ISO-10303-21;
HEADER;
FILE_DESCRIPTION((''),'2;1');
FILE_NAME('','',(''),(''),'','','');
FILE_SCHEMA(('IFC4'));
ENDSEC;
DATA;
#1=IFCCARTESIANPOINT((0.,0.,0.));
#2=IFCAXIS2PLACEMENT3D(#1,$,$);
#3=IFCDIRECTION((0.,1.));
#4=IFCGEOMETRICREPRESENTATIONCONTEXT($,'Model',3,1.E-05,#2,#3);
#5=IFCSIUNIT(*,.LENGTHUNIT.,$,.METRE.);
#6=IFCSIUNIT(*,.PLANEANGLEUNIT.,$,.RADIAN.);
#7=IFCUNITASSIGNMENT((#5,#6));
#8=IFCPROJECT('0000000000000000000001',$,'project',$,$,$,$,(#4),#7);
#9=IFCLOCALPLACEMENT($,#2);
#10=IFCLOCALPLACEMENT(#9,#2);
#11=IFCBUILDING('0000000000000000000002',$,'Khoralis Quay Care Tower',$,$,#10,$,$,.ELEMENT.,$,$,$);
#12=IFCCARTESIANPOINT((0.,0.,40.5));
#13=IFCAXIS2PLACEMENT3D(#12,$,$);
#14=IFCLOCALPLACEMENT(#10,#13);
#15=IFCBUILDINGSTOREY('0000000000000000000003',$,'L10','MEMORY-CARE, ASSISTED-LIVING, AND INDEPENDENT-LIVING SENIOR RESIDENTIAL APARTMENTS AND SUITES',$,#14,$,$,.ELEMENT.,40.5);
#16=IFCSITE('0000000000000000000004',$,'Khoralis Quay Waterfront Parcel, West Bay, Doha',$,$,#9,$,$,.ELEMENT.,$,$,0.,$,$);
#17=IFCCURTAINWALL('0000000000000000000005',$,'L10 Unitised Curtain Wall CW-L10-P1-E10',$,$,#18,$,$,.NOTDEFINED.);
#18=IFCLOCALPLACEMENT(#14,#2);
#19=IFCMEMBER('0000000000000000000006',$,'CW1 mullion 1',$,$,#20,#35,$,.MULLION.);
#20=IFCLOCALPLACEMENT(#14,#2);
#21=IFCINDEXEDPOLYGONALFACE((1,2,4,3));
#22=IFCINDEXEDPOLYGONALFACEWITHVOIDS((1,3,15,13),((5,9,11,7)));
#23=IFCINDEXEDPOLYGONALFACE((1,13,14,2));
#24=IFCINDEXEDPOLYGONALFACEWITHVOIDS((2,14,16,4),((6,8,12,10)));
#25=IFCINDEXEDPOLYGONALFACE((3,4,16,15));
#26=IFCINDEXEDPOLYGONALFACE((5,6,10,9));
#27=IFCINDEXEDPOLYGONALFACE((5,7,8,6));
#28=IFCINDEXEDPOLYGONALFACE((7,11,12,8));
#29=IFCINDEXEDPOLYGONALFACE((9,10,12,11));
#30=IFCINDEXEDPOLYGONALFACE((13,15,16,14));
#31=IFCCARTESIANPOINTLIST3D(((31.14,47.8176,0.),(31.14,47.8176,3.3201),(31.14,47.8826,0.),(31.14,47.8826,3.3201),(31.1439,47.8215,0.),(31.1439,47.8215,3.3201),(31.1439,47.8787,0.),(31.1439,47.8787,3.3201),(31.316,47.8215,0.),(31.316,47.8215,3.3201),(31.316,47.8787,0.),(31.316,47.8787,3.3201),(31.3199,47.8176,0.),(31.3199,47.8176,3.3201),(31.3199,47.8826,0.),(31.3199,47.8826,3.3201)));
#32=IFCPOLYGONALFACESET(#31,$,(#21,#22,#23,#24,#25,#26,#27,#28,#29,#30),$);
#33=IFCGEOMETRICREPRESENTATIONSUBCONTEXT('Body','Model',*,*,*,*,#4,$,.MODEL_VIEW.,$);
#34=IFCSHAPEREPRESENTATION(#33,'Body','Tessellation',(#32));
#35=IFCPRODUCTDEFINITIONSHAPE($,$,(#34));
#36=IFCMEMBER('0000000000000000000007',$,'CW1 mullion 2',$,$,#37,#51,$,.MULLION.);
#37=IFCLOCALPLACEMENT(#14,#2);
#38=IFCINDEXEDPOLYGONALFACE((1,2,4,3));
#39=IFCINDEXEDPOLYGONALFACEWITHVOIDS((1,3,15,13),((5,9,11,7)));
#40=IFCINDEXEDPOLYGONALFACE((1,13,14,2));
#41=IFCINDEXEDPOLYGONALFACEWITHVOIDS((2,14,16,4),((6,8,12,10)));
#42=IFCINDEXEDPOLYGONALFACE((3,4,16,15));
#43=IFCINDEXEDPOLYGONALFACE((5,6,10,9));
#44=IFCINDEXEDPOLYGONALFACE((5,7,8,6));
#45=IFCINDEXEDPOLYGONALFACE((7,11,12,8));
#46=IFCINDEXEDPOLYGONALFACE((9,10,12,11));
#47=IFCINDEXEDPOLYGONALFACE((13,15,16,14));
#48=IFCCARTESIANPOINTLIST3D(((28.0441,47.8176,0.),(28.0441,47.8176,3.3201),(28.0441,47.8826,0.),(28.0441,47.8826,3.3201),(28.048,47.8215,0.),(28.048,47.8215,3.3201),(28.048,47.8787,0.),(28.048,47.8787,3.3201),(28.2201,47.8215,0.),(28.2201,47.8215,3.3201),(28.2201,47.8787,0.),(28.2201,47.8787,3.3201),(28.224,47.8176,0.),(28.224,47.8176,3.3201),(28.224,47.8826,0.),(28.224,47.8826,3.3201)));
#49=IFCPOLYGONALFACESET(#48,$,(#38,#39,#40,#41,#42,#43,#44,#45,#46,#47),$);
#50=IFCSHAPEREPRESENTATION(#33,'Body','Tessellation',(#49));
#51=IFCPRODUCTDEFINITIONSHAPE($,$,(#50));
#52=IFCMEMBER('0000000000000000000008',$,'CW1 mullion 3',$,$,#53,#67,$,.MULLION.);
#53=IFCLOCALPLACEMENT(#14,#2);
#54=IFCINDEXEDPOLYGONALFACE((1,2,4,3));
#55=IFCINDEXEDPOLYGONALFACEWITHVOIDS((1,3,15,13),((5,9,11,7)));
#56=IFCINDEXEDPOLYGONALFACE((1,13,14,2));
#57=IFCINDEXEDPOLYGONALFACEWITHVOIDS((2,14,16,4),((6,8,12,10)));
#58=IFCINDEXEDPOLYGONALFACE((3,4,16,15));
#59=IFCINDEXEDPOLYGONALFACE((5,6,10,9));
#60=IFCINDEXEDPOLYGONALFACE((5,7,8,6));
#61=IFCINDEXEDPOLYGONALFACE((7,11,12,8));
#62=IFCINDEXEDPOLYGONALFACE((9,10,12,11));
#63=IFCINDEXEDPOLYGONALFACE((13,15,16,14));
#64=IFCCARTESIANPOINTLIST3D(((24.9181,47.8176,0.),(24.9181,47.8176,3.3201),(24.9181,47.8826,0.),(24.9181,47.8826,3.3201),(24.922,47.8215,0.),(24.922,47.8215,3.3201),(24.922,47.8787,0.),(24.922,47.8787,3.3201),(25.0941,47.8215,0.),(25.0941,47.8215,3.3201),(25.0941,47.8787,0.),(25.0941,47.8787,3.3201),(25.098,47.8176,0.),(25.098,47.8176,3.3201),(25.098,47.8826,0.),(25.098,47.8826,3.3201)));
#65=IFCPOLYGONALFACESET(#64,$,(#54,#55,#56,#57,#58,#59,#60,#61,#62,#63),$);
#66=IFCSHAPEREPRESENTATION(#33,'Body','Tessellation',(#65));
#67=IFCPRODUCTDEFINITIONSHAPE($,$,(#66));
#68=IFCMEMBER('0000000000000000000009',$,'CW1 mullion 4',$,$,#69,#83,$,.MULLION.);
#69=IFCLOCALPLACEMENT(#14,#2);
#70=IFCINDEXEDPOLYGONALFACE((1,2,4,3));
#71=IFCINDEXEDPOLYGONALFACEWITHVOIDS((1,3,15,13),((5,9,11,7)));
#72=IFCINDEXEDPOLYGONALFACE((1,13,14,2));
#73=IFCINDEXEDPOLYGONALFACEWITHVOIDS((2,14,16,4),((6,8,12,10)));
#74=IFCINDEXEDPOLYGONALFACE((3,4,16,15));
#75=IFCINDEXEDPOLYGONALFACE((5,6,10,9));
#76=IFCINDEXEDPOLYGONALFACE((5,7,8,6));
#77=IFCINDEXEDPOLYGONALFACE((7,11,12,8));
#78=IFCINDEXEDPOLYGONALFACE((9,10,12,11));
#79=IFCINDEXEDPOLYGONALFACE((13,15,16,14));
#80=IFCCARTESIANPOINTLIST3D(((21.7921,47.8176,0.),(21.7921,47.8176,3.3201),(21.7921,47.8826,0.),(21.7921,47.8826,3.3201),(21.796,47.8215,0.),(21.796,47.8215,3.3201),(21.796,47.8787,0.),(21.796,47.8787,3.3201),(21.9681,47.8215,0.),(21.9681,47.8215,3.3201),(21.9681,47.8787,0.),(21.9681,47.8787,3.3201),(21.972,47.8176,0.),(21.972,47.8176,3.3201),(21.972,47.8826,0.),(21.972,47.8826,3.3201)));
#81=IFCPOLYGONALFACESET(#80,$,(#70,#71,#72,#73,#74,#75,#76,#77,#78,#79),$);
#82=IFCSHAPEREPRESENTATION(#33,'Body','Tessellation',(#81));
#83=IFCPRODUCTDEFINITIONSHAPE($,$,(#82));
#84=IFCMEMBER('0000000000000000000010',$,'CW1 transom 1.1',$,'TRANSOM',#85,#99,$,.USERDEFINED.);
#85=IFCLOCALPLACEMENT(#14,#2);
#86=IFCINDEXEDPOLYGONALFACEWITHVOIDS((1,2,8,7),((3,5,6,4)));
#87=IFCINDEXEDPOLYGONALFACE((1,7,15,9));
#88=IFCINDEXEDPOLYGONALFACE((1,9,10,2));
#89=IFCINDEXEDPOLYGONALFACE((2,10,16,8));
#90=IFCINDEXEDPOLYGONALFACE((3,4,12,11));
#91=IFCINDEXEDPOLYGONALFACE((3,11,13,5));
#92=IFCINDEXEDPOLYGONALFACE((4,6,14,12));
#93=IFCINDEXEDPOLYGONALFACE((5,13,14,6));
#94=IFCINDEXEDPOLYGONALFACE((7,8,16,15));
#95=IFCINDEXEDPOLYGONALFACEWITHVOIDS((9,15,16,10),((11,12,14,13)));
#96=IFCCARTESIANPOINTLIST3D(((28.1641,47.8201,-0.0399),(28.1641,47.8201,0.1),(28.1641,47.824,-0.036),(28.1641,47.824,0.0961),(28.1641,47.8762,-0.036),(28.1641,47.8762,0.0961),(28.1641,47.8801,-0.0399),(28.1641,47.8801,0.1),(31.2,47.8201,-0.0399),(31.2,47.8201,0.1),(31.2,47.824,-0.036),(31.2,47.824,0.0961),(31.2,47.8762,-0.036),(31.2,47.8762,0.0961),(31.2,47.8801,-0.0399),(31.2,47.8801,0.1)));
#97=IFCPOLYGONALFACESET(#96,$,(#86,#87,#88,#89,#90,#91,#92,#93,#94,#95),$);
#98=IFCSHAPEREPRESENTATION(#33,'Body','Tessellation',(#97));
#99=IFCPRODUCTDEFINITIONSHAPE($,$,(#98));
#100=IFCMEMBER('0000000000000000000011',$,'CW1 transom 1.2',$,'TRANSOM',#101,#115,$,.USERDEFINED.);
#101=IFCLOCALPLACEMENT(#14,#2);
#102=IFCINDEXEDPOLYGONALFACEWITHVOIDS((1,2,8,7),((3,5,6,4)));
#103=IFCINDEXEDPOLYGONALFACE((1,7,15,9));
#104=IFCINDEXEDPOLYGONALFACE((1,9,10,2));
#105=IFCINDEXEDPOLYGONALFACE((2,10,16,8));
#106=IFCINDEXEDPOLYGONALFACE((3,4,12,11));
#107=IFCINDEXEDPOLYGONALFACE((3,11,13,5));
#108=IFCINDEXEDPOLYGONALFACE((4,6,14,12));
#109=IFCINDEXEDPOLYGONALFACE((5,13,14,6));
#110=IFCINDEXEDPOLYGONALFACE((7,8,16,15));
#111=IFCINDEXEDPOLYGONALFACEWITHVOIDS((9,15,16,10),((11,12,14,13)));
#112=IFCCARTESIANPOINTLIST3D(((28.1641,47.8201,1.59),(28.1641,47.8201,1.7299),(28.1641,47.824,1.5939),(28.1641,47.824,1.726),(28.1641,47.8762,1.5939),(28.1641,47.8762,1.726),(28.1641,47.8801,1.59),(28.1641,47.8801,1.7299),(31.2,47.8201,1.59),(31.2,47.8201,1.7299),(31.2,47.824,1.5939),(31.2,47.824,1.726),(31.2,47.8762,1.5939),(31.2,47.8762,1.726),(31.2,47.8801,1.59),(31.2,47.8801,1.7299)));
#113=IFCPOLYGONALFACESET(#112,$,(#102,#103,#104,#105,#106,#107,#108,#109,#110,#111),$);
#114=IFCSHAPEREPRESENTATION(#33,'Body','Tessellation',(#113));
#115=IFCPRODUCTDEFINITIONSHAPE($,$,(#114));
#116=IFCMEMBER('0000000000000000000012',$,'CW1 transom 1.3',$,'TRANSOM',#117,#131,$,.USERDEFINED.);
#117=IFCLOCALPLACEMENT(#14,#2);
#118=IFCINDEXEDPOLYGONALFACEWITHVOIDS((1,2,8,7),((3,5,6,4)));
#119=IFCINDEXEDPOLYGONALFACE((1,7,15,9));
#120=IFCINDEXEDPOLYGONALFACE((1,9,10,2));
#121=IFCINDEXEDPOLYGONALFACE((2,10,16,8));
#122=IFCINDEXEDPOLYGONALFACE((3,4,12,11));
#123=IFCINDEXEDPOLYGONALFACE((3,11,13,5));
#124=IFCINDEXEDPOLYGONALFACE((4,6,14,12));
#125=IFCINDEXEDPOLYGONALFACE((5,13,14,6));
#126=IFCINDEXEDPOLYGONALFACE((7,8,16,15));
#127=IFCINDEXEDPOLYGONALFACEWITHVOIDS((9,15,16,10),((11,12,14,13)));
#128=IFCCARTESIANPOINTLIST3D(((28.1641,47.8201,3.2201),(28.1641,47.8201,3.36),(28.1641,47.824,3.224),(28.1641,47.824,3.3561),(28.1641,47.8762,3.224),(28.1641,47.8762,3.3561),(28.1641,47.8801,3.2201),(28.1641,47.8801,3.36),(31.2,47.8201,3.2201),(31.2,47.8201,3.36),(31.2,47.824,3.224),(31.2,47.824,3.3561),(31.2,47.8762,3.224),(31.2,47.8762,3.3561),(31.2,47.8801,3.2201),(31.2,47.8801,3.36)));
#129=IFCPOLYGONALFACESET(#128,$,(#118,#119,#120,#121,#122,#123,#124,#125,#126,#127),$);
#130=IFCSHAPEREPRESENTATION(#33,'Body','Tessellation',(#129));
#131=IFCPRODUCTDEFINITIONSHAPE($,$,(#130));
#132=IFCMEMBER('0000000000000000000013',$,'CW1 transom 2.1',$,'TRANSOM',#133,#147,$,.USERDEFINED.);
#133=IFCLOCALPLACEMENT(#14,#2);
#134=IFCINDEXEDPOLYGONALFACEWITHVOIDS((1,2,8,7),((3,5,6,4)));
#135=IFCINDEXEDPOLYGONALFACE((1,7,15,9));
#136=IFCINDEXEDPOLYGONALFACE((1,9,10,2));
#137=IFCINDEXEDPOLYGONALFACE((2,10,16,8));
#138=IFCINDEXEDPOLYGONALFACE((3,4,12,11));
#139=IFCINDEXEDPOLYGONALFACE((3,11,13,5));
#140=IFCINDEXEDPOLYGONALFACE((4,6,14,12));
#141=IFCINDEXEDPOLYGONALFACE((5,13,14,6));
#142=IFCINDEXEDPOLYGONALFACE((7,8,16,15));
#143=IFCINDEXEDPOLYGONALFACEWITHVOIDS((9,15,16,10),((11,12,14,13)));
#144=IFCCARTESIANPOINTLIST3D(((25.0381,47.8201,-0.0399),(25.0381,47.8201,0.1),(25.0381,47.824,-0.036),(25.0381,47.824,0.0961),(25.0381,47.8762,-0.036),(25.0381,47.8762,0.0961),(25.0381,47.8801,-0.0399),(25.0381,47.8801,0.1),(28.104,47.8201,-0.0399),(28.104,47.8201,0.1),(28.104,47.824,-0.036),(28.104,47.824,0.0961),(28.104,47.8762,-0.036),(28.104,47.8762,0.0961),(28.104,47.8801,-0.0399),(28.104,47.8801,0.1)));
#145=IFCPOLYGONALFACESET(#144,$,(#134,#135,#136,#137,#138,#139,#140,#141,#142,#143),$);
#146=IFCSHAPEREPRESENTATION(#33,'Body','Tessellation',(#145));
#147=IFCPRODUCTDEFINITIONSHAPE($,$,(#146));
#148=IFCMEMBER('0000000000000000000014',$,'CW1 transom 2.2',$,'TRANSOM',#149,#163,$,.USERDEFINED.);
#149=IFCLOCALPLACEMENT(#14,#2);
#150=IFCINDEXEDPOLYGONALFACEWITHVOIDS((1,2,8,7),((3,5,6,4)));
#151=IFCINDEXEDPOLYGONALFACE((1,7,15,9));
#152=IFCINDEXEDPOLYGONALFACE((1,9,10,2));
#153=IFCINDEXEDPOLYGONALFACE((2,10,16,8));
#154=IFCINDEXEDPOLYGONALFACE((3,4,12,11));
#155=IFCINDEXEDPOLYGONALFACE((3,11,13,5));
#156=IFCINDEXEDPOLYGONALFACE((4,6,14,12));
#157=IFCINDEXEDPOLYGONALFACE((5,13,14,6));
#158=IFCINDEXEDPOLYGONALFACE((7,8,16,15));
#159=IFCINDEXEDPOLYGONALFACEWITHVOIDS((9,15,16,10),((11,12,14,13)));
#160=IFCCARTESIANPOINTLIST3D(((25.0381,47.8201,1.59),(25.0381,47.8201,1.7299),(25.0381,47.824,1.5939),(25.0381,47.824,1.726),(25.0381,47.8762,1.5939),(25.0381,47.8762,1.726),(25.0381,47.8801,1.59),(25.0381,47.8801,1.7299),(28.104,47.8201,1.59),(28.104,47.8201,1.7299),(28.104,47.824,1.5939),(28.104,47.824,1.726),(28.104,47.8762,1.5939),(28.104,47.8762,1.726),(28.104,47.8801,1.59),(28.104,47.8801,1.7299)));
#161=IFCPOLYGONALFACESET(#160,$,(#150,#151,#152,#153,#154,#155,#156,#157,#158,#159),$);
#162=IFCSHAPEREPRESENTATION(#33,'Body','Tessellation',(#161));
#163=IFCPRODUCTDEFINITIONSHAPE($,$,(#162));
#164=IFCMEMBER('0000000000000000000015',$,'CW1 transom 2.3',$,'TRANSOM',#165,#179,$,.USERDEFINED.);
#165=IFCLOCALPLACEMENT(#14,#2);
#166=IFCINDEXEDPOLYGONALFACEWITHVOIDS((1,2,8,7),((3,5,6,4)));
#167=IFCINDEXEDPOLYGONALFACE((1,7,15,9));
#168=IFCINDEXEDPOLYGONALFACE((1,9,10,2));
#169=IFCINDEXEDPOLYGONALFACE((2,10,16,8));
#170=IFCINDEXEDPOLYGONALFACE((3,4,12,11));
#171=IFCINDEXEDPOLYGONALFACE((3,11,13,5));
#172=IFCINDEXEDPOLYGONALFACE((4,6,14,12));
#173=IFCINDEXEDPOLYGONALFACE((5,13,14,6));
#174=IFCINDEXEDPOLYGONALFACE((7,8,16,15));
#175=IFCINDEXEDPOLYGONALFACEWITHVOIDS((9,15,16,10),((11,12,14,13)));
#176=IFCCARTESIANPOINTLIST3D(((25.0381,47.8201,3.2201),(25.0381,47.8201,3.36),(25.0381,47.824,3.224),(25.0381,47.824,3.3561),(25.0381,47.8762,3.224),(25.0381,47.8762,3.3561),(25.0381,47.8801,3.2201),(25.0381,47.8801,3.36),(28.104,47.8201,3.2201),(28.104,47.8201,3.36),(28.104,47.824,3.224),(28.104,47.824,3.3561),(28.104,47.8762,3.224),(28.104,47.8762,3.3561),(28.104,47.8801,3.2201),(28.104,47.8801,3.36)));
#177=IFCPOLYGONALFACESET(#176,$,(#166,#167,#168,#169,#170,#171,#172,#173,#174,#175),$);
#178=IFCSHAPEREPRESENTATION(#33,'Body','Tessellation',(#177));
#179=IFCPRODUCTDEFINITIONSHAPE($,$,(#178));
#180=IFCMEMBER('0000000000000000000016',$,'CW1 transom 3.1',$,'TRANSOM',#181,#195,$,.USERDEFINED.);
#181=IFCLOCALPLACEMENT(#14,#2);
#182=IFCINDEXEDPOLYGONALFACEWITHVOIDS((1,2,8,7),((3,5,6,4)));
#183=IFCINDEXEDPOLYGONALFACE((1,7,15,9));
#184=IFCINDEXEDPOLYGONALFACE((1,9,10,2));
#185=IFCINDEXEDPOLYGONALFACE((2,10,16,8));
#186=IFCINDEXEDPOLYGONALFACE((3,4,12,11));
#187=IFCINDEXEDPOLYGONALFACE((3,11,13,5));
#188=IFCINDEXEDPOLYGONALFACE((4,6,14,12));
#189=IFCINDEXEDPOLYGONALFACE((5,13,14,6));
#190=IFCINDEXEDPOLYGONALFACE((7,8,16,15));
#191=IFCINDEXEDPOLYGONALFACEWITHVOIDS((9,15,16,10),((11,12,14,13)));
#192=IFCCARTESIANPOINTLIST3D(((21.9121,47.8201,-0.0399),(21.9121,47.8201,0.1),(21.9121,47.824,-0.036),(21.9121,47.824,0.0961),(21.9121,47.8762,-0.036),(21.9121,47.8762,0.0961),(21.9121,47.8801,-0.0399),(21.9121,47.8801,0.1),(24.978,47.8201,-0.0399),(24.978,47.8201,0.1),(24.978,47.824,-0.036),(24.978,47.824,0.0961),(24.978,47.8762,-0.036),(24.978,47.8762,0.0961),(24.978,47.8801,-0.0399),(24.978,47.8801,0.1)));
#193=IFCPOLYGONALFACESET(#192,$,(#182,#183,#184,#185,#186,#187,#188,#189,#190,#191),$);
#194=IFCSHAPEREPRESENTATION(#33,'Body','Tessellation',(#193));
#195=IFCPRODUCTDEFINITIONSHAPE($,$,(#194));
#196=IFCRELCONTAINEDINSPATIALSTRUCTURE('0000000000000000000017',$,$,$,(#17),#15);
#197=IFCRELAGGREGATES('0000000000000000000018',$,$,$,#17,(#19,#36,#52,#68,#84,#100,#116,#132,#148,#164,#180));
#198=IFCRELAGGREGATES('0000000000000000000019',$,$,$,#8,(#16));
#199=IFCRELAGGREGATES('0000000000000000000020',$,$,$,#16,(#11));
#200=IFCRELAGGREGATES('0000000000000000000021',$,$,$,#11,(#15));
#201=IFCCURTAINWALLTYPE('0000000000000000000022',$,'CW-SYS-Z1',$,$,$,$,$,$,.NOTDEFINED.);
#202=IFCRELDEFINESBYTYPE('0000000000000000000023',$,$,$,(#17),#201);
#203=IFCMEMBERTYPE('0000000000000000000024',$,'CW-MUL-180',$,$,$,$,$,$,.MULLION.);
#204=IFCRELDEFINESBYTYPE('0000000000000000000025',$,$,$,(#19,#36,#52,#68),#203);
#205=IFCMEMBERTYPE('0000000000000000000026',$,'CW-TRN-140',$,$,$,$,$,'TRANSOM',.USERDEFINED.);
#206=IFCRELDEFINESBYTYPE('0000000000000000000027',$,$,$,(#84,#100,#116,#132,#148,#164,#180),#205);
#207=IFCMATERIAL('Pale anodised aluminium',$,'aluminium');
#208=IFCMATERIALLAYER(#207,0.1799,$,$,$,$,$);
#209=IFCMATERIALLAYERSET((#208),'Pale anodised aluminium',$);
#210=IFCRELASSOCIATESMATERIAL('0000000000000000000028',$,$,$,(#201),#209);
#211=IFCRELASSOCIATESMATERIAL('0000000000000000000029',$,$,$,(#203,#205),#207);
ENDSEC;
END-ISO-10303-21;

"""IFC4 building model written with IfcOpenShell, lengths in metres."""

from ifc_helpers import new_model, si_unit, direction, frame, origin, origin_2d, place, context, subcontext, project, spatial, hollow_rectangle, extrude, source, transform, mapped, material, layer, layer_set, material_profile, profile_set, type_object, element, aggregate, save


model = new_model("IFC4")

# Units and contexts
model_context = context("Model", 3, precision=1e-05, world=origin(), true_north=direction((0.0, 1.0)))
body_context = subcontext(model_context, "Body", "Model", "MODEL_VIEW")
ifc_project = project(units=[si_unit("LENGTHUNIT", "METRE"), si_unit("PLANEANGLEUNIT", "RADIAN")], contexts=[model_context])

# Site, building, storey
site_placement = place(None, origin())
site = spatial("IfcSite", under=ifc_project, at=site_placement, Name="Khoralis Quay Waterfront Parcel, West Bay, Doha", CompositionType="ELEMENT", RefElevation=0.0)
building_placement = place(site_placement, origin())
building = spatial("IfcBuilding", under=site, at=building_placement, Name="Khoralis Quay Care Tower", CompositionType="ELEMENT")
storey_placement = place(building_placement, frame((0.0, 0.0, 40.5)))
storey = spatial("IfcBuildingStorey", under=building, at=storey_placement, Name="L10", Description="MEMORY-CARE, ASSISTED-LIVING, AND INDEPENDENT-LIVING SENIOR RESIDENTIAL APARTMENTS AND SUITES", CompositionType="ELEMENT", Elevation=40.5)

# Curtain wall, members
ifc_material_1 = material(Name="Pale anodised aluminium", Category="aluminium")
ifc_layer_1 = layer(ifc_material_1, 0.1799)
ifc_layer_set_1 = layer_set([ifc_layer_1], Name="Pale anodised aluminium")
curtain_wall_type = type_object("IfcCurtainWallType", Name="CW-SYS-Z1", PredefinedType="NOTDEFINED", material=ifc_layer_set_1)
curtain_wall_placement = place(storey_placement, origin())
curtain_wall = element("IfcCurtainWall", 1, at=curtain_wall_placement, inside=storey, type_object=curtain_wall_type, Name="L10 Unitised Curtain Wall CW-L10-P1-E10", PredefinedType="NOTDEFINED")
ifc_material_profile_1 = material_profile(ifc_material_1, hollow_rectangle(XDim=0.0649, YDim=0.1799, WallThickness=0.0039, at=origin_2d()), Name="Pale anodised aluminium")
ifc_profile_set_1 = profile_set([ifc_material_profile_1], Name="Pale anodised aluminium")
member_type_1 = type_object("IfcMemberType", Name="CW-MUL-180", PredefinedType="MULLION", material=ifc_profile_set_1)
shared_shape_1 = source(origin(), body_context, "Body", "SweptSolid", [
    extrude(hollow_rectangle(XDim=0.0649, YDim=0.1799, WallThickness=0.0039, at=origin_2d()), origin(), (0.0, 0.0, 1.0), 3.3201),
])
member_1_placement = place(storey_placement, frame((31.23, 47.8501, 0.0), z_axis=(0.0, 0.0, 1.0), x_axis=(0.0, -1.0, 0.0)))
member_1 = element("IfcMember", 2, at=member_1_placement, type_object=member_type_1, Name="CW1 mullion 1", PredefinedType="MULLION", context=body_context, shape_type="MappedRepresentation", body=[
    mapped(shared_shape_1, transform((0.0, 0.0, 0.0), scale=1.0)),
])
member_2_placement = place(storey_placement, frame((28.134, 47.8501, 0.0), z_axis=(0.0, 0.0, 1.0), x_axis=(0.0, -1.0, 0.0)))
member_2 = element("IfcMember", 3, at=member_2_placement, type_object=member_type_1, Name="CW1 mullion 2", PredefinedType="MULLION", context=body_context, shape_type="MappedRepresentation", body=[
    mapped(shared_shape_1, transform((0.0, 0.0, 0.0), scale=1.0)),
])
member_3_placement = place(storey_placement, frame((25.0081, 47.8501, 0.0), z_axis=(0.0, 0.0, 1.0), x_axis=(0.0, -1.0, 0.0)))
member_3 = element("IfcMember", 4, at=member_3_placement, type_object=member_type_1, Name="CW1 mullion 3", PredefinedType="MULLION", context=body_context, shape_type="MappedRepresentation", body=[
    mapped(shared_shape_1, transform((0.0, 0.0, 0.0), scale=1.0)),
])
member_4_placement = place(storey_placement, frame((21.8821, 47.8501, 0.0), z_axis=(0.0, 0.0, 1.0), x_axis=(0.0, -1.0, 0.0)))
member_4 = element("IfcMember", 5, at=member_4_placement, type_object=member_type_1, Name="CW1 mullion 4", PredefinedType="MULLION", context=body_context, shape_type="MappedRepresentation", body=[
    mapped(shared_shape_1, transform((0.0, 0.0, 0.0), scale=1.0)),
])
ifc_material_profile_2 = material_profile(ifc_material_1, hollow_rectangle(XDim=0.0601, YDim=0.1399, WallThickness=0.0039, at=origin_2d()), Name="Pale anodised aluminium")
ifc_profile_set_2 = profile_set([ifc_material_profile_2], Name="Pale anodised aluminium")
member_type_2 = type_object("IfcMemberType", Name="CW-TRN-140", ElementType="TRANSOM", PredefinedType="USERDEFINED", material=ifc_profile_set_2)
shared_shape_2 = source(origin(), body_context, "Body", "SweptSolid", [
    extrude(hollow_rectangle(XDim=0.0601, YDim=0.1399, WallThickness=0.0039, at=origin_2d()), origin(), (0.0, 0.0, 1.0), 3.0359),
])
member_5_placement = place(storey_placement, frame((31.2, 47.8501, 0.03), z_axis=(-1.0, 0.0, 0.0), x_axis=(0.0, -1.0, 0.0)))
member_5 = element("IfcMember", 6, at=member_5_placement, type_object=member_type_2, Name="CW1 transom 1.1", ObjectType="TRANSOM", PredefinedType="USERDEFINED", context=body_context, shape_type="MappedRepresentation", body=[
    mapped(shared_shape_2, transform((0.0, 0.0, 0.0), scale=1.0)),
])
member_6_placement = place(storey_placement, frame((31.2, 47.8501, 1.6599), z_axis=(-1.0, 0.0, 0.0), x_axis=(0.0, -1.0, 0.0)))
member_6 = element("IfcMember", 7, at=member_6_placement, type_object=member_type_2, Name="CW1 transom 1.2", ObjectType="TRANSOM", PredefinedType="USERDEFINED", context=body_context, shape_type="MappedRepresentation", body=[
    mapped(shared_shape_2, transform((0.0, 0.0, 0.0), scale=1.0)),
])
member_7_placement = place(storey_placement, frame((31.2, 47.8501, 3.29), z_axis=(-1.0, 0.0, 0.0), x_axis=(0.0, -1.0, 0.0)))
member_7 = element("IfcMember", 8, at=member_7_placement, type_object=member_type_2, Name="CW1 transom 1.3", ObjectType="TRANSOM", PredefinedType="USERDEFINED", context=body_context, shape_type="MappedRepresentation", body=[
    mapped(shared_shape_2, transform((0.0, 0.0, 0.0), scale=1.0)),
])
shared_shape_3 = source(origin(), body_context, "Body", "SweptSolid", [
    extrude(hollow_rectangle(XDim=0.0601, YDim=0.1399, WallThickness=0.0039, at=origin_2d()), origin(), (0.0, 0.0, 1.0), 3.0659),
])
member_8_placement = place(storey_placement, frame((28.104, 47.8501, 0.03), z_axis=(-1.0, 0.0, 0.0), x_axis=(0.0, -1.0, 0.0)))
member_8 = element("IfcMember", 9, at=member_8_placement, type_object=member_type_2, Name="CW1 transom 2.1", ObjectType="TRANSOM", PredefinedType="USERDEFINED", context=body_context, shape_type="MappedRepresentation", body=[
    mapped(shared_shape_3, transform((0.0, 0.0, 0.0), scale=1.0)),
])
member_9_placement = place(storey_placement, frame((28.104, 47.8501, 1.6599), z_axis=(-1.0, 0.0, 0.0), x_axis=(0.0, -1.0, 0.0)))
member_9 = element("IfcMember", 10, at=member_9_placement, type_object=member_type_2, Name="CW1 transom 2.2", ObjectType="TRANSOM", PredefinedType="USERDEFINED", context=body_context, shape_type="MappedRepresentation", body=[
    mapped(shared_shape_3, transform((0.0, 0.0, 0.0), scale=1.0)),
])
member_10_placement = place(storey_placement, frame((28.104, 47.8501, 3.29), z_axis=(-1.0, 0.0, 0.0), x_axis=(0.0, -1.0, 0.0)))
member_10 = element("IfcMember", 11, at=member_10_placement, type_object=member_type_2, Name="CW1 transom 2.3", ObjectType="TRANSOM", PredefinedType="USERDEFINED", context=body_context, shape_type="MappedRepresentation", body=[
    mapped(shared_shape_3, transform((0.0, 0.0, 0.0), scale=1.0)),
])
member_11_placement = place(storey_placement, frame((24.978, 47.8501, 0.03), z_axis=(-1.0, 0.0, 0.0), x_axis=(0.0, -1.0, 0.0)))
member_11 = element("IfcMember", 12, at=member_11_placement, type_object=member_type_2, Name="CW1 transom 3.1", ObjectType="TRANSOM", PredefinedType="USERDEFINED", context=body_context, shape_type="MappedRepresentation", body=[
    mapped(shared_shape_3, transform((0.0, 0.0, 0.0), scale=1.0)),
])
aggregate(curtain_wall, [member_1, member_2, member_3, member_4, member_5, member_6, member_7, member_8, member_9, member_10, member_11])

save(model, "model.ifc")
